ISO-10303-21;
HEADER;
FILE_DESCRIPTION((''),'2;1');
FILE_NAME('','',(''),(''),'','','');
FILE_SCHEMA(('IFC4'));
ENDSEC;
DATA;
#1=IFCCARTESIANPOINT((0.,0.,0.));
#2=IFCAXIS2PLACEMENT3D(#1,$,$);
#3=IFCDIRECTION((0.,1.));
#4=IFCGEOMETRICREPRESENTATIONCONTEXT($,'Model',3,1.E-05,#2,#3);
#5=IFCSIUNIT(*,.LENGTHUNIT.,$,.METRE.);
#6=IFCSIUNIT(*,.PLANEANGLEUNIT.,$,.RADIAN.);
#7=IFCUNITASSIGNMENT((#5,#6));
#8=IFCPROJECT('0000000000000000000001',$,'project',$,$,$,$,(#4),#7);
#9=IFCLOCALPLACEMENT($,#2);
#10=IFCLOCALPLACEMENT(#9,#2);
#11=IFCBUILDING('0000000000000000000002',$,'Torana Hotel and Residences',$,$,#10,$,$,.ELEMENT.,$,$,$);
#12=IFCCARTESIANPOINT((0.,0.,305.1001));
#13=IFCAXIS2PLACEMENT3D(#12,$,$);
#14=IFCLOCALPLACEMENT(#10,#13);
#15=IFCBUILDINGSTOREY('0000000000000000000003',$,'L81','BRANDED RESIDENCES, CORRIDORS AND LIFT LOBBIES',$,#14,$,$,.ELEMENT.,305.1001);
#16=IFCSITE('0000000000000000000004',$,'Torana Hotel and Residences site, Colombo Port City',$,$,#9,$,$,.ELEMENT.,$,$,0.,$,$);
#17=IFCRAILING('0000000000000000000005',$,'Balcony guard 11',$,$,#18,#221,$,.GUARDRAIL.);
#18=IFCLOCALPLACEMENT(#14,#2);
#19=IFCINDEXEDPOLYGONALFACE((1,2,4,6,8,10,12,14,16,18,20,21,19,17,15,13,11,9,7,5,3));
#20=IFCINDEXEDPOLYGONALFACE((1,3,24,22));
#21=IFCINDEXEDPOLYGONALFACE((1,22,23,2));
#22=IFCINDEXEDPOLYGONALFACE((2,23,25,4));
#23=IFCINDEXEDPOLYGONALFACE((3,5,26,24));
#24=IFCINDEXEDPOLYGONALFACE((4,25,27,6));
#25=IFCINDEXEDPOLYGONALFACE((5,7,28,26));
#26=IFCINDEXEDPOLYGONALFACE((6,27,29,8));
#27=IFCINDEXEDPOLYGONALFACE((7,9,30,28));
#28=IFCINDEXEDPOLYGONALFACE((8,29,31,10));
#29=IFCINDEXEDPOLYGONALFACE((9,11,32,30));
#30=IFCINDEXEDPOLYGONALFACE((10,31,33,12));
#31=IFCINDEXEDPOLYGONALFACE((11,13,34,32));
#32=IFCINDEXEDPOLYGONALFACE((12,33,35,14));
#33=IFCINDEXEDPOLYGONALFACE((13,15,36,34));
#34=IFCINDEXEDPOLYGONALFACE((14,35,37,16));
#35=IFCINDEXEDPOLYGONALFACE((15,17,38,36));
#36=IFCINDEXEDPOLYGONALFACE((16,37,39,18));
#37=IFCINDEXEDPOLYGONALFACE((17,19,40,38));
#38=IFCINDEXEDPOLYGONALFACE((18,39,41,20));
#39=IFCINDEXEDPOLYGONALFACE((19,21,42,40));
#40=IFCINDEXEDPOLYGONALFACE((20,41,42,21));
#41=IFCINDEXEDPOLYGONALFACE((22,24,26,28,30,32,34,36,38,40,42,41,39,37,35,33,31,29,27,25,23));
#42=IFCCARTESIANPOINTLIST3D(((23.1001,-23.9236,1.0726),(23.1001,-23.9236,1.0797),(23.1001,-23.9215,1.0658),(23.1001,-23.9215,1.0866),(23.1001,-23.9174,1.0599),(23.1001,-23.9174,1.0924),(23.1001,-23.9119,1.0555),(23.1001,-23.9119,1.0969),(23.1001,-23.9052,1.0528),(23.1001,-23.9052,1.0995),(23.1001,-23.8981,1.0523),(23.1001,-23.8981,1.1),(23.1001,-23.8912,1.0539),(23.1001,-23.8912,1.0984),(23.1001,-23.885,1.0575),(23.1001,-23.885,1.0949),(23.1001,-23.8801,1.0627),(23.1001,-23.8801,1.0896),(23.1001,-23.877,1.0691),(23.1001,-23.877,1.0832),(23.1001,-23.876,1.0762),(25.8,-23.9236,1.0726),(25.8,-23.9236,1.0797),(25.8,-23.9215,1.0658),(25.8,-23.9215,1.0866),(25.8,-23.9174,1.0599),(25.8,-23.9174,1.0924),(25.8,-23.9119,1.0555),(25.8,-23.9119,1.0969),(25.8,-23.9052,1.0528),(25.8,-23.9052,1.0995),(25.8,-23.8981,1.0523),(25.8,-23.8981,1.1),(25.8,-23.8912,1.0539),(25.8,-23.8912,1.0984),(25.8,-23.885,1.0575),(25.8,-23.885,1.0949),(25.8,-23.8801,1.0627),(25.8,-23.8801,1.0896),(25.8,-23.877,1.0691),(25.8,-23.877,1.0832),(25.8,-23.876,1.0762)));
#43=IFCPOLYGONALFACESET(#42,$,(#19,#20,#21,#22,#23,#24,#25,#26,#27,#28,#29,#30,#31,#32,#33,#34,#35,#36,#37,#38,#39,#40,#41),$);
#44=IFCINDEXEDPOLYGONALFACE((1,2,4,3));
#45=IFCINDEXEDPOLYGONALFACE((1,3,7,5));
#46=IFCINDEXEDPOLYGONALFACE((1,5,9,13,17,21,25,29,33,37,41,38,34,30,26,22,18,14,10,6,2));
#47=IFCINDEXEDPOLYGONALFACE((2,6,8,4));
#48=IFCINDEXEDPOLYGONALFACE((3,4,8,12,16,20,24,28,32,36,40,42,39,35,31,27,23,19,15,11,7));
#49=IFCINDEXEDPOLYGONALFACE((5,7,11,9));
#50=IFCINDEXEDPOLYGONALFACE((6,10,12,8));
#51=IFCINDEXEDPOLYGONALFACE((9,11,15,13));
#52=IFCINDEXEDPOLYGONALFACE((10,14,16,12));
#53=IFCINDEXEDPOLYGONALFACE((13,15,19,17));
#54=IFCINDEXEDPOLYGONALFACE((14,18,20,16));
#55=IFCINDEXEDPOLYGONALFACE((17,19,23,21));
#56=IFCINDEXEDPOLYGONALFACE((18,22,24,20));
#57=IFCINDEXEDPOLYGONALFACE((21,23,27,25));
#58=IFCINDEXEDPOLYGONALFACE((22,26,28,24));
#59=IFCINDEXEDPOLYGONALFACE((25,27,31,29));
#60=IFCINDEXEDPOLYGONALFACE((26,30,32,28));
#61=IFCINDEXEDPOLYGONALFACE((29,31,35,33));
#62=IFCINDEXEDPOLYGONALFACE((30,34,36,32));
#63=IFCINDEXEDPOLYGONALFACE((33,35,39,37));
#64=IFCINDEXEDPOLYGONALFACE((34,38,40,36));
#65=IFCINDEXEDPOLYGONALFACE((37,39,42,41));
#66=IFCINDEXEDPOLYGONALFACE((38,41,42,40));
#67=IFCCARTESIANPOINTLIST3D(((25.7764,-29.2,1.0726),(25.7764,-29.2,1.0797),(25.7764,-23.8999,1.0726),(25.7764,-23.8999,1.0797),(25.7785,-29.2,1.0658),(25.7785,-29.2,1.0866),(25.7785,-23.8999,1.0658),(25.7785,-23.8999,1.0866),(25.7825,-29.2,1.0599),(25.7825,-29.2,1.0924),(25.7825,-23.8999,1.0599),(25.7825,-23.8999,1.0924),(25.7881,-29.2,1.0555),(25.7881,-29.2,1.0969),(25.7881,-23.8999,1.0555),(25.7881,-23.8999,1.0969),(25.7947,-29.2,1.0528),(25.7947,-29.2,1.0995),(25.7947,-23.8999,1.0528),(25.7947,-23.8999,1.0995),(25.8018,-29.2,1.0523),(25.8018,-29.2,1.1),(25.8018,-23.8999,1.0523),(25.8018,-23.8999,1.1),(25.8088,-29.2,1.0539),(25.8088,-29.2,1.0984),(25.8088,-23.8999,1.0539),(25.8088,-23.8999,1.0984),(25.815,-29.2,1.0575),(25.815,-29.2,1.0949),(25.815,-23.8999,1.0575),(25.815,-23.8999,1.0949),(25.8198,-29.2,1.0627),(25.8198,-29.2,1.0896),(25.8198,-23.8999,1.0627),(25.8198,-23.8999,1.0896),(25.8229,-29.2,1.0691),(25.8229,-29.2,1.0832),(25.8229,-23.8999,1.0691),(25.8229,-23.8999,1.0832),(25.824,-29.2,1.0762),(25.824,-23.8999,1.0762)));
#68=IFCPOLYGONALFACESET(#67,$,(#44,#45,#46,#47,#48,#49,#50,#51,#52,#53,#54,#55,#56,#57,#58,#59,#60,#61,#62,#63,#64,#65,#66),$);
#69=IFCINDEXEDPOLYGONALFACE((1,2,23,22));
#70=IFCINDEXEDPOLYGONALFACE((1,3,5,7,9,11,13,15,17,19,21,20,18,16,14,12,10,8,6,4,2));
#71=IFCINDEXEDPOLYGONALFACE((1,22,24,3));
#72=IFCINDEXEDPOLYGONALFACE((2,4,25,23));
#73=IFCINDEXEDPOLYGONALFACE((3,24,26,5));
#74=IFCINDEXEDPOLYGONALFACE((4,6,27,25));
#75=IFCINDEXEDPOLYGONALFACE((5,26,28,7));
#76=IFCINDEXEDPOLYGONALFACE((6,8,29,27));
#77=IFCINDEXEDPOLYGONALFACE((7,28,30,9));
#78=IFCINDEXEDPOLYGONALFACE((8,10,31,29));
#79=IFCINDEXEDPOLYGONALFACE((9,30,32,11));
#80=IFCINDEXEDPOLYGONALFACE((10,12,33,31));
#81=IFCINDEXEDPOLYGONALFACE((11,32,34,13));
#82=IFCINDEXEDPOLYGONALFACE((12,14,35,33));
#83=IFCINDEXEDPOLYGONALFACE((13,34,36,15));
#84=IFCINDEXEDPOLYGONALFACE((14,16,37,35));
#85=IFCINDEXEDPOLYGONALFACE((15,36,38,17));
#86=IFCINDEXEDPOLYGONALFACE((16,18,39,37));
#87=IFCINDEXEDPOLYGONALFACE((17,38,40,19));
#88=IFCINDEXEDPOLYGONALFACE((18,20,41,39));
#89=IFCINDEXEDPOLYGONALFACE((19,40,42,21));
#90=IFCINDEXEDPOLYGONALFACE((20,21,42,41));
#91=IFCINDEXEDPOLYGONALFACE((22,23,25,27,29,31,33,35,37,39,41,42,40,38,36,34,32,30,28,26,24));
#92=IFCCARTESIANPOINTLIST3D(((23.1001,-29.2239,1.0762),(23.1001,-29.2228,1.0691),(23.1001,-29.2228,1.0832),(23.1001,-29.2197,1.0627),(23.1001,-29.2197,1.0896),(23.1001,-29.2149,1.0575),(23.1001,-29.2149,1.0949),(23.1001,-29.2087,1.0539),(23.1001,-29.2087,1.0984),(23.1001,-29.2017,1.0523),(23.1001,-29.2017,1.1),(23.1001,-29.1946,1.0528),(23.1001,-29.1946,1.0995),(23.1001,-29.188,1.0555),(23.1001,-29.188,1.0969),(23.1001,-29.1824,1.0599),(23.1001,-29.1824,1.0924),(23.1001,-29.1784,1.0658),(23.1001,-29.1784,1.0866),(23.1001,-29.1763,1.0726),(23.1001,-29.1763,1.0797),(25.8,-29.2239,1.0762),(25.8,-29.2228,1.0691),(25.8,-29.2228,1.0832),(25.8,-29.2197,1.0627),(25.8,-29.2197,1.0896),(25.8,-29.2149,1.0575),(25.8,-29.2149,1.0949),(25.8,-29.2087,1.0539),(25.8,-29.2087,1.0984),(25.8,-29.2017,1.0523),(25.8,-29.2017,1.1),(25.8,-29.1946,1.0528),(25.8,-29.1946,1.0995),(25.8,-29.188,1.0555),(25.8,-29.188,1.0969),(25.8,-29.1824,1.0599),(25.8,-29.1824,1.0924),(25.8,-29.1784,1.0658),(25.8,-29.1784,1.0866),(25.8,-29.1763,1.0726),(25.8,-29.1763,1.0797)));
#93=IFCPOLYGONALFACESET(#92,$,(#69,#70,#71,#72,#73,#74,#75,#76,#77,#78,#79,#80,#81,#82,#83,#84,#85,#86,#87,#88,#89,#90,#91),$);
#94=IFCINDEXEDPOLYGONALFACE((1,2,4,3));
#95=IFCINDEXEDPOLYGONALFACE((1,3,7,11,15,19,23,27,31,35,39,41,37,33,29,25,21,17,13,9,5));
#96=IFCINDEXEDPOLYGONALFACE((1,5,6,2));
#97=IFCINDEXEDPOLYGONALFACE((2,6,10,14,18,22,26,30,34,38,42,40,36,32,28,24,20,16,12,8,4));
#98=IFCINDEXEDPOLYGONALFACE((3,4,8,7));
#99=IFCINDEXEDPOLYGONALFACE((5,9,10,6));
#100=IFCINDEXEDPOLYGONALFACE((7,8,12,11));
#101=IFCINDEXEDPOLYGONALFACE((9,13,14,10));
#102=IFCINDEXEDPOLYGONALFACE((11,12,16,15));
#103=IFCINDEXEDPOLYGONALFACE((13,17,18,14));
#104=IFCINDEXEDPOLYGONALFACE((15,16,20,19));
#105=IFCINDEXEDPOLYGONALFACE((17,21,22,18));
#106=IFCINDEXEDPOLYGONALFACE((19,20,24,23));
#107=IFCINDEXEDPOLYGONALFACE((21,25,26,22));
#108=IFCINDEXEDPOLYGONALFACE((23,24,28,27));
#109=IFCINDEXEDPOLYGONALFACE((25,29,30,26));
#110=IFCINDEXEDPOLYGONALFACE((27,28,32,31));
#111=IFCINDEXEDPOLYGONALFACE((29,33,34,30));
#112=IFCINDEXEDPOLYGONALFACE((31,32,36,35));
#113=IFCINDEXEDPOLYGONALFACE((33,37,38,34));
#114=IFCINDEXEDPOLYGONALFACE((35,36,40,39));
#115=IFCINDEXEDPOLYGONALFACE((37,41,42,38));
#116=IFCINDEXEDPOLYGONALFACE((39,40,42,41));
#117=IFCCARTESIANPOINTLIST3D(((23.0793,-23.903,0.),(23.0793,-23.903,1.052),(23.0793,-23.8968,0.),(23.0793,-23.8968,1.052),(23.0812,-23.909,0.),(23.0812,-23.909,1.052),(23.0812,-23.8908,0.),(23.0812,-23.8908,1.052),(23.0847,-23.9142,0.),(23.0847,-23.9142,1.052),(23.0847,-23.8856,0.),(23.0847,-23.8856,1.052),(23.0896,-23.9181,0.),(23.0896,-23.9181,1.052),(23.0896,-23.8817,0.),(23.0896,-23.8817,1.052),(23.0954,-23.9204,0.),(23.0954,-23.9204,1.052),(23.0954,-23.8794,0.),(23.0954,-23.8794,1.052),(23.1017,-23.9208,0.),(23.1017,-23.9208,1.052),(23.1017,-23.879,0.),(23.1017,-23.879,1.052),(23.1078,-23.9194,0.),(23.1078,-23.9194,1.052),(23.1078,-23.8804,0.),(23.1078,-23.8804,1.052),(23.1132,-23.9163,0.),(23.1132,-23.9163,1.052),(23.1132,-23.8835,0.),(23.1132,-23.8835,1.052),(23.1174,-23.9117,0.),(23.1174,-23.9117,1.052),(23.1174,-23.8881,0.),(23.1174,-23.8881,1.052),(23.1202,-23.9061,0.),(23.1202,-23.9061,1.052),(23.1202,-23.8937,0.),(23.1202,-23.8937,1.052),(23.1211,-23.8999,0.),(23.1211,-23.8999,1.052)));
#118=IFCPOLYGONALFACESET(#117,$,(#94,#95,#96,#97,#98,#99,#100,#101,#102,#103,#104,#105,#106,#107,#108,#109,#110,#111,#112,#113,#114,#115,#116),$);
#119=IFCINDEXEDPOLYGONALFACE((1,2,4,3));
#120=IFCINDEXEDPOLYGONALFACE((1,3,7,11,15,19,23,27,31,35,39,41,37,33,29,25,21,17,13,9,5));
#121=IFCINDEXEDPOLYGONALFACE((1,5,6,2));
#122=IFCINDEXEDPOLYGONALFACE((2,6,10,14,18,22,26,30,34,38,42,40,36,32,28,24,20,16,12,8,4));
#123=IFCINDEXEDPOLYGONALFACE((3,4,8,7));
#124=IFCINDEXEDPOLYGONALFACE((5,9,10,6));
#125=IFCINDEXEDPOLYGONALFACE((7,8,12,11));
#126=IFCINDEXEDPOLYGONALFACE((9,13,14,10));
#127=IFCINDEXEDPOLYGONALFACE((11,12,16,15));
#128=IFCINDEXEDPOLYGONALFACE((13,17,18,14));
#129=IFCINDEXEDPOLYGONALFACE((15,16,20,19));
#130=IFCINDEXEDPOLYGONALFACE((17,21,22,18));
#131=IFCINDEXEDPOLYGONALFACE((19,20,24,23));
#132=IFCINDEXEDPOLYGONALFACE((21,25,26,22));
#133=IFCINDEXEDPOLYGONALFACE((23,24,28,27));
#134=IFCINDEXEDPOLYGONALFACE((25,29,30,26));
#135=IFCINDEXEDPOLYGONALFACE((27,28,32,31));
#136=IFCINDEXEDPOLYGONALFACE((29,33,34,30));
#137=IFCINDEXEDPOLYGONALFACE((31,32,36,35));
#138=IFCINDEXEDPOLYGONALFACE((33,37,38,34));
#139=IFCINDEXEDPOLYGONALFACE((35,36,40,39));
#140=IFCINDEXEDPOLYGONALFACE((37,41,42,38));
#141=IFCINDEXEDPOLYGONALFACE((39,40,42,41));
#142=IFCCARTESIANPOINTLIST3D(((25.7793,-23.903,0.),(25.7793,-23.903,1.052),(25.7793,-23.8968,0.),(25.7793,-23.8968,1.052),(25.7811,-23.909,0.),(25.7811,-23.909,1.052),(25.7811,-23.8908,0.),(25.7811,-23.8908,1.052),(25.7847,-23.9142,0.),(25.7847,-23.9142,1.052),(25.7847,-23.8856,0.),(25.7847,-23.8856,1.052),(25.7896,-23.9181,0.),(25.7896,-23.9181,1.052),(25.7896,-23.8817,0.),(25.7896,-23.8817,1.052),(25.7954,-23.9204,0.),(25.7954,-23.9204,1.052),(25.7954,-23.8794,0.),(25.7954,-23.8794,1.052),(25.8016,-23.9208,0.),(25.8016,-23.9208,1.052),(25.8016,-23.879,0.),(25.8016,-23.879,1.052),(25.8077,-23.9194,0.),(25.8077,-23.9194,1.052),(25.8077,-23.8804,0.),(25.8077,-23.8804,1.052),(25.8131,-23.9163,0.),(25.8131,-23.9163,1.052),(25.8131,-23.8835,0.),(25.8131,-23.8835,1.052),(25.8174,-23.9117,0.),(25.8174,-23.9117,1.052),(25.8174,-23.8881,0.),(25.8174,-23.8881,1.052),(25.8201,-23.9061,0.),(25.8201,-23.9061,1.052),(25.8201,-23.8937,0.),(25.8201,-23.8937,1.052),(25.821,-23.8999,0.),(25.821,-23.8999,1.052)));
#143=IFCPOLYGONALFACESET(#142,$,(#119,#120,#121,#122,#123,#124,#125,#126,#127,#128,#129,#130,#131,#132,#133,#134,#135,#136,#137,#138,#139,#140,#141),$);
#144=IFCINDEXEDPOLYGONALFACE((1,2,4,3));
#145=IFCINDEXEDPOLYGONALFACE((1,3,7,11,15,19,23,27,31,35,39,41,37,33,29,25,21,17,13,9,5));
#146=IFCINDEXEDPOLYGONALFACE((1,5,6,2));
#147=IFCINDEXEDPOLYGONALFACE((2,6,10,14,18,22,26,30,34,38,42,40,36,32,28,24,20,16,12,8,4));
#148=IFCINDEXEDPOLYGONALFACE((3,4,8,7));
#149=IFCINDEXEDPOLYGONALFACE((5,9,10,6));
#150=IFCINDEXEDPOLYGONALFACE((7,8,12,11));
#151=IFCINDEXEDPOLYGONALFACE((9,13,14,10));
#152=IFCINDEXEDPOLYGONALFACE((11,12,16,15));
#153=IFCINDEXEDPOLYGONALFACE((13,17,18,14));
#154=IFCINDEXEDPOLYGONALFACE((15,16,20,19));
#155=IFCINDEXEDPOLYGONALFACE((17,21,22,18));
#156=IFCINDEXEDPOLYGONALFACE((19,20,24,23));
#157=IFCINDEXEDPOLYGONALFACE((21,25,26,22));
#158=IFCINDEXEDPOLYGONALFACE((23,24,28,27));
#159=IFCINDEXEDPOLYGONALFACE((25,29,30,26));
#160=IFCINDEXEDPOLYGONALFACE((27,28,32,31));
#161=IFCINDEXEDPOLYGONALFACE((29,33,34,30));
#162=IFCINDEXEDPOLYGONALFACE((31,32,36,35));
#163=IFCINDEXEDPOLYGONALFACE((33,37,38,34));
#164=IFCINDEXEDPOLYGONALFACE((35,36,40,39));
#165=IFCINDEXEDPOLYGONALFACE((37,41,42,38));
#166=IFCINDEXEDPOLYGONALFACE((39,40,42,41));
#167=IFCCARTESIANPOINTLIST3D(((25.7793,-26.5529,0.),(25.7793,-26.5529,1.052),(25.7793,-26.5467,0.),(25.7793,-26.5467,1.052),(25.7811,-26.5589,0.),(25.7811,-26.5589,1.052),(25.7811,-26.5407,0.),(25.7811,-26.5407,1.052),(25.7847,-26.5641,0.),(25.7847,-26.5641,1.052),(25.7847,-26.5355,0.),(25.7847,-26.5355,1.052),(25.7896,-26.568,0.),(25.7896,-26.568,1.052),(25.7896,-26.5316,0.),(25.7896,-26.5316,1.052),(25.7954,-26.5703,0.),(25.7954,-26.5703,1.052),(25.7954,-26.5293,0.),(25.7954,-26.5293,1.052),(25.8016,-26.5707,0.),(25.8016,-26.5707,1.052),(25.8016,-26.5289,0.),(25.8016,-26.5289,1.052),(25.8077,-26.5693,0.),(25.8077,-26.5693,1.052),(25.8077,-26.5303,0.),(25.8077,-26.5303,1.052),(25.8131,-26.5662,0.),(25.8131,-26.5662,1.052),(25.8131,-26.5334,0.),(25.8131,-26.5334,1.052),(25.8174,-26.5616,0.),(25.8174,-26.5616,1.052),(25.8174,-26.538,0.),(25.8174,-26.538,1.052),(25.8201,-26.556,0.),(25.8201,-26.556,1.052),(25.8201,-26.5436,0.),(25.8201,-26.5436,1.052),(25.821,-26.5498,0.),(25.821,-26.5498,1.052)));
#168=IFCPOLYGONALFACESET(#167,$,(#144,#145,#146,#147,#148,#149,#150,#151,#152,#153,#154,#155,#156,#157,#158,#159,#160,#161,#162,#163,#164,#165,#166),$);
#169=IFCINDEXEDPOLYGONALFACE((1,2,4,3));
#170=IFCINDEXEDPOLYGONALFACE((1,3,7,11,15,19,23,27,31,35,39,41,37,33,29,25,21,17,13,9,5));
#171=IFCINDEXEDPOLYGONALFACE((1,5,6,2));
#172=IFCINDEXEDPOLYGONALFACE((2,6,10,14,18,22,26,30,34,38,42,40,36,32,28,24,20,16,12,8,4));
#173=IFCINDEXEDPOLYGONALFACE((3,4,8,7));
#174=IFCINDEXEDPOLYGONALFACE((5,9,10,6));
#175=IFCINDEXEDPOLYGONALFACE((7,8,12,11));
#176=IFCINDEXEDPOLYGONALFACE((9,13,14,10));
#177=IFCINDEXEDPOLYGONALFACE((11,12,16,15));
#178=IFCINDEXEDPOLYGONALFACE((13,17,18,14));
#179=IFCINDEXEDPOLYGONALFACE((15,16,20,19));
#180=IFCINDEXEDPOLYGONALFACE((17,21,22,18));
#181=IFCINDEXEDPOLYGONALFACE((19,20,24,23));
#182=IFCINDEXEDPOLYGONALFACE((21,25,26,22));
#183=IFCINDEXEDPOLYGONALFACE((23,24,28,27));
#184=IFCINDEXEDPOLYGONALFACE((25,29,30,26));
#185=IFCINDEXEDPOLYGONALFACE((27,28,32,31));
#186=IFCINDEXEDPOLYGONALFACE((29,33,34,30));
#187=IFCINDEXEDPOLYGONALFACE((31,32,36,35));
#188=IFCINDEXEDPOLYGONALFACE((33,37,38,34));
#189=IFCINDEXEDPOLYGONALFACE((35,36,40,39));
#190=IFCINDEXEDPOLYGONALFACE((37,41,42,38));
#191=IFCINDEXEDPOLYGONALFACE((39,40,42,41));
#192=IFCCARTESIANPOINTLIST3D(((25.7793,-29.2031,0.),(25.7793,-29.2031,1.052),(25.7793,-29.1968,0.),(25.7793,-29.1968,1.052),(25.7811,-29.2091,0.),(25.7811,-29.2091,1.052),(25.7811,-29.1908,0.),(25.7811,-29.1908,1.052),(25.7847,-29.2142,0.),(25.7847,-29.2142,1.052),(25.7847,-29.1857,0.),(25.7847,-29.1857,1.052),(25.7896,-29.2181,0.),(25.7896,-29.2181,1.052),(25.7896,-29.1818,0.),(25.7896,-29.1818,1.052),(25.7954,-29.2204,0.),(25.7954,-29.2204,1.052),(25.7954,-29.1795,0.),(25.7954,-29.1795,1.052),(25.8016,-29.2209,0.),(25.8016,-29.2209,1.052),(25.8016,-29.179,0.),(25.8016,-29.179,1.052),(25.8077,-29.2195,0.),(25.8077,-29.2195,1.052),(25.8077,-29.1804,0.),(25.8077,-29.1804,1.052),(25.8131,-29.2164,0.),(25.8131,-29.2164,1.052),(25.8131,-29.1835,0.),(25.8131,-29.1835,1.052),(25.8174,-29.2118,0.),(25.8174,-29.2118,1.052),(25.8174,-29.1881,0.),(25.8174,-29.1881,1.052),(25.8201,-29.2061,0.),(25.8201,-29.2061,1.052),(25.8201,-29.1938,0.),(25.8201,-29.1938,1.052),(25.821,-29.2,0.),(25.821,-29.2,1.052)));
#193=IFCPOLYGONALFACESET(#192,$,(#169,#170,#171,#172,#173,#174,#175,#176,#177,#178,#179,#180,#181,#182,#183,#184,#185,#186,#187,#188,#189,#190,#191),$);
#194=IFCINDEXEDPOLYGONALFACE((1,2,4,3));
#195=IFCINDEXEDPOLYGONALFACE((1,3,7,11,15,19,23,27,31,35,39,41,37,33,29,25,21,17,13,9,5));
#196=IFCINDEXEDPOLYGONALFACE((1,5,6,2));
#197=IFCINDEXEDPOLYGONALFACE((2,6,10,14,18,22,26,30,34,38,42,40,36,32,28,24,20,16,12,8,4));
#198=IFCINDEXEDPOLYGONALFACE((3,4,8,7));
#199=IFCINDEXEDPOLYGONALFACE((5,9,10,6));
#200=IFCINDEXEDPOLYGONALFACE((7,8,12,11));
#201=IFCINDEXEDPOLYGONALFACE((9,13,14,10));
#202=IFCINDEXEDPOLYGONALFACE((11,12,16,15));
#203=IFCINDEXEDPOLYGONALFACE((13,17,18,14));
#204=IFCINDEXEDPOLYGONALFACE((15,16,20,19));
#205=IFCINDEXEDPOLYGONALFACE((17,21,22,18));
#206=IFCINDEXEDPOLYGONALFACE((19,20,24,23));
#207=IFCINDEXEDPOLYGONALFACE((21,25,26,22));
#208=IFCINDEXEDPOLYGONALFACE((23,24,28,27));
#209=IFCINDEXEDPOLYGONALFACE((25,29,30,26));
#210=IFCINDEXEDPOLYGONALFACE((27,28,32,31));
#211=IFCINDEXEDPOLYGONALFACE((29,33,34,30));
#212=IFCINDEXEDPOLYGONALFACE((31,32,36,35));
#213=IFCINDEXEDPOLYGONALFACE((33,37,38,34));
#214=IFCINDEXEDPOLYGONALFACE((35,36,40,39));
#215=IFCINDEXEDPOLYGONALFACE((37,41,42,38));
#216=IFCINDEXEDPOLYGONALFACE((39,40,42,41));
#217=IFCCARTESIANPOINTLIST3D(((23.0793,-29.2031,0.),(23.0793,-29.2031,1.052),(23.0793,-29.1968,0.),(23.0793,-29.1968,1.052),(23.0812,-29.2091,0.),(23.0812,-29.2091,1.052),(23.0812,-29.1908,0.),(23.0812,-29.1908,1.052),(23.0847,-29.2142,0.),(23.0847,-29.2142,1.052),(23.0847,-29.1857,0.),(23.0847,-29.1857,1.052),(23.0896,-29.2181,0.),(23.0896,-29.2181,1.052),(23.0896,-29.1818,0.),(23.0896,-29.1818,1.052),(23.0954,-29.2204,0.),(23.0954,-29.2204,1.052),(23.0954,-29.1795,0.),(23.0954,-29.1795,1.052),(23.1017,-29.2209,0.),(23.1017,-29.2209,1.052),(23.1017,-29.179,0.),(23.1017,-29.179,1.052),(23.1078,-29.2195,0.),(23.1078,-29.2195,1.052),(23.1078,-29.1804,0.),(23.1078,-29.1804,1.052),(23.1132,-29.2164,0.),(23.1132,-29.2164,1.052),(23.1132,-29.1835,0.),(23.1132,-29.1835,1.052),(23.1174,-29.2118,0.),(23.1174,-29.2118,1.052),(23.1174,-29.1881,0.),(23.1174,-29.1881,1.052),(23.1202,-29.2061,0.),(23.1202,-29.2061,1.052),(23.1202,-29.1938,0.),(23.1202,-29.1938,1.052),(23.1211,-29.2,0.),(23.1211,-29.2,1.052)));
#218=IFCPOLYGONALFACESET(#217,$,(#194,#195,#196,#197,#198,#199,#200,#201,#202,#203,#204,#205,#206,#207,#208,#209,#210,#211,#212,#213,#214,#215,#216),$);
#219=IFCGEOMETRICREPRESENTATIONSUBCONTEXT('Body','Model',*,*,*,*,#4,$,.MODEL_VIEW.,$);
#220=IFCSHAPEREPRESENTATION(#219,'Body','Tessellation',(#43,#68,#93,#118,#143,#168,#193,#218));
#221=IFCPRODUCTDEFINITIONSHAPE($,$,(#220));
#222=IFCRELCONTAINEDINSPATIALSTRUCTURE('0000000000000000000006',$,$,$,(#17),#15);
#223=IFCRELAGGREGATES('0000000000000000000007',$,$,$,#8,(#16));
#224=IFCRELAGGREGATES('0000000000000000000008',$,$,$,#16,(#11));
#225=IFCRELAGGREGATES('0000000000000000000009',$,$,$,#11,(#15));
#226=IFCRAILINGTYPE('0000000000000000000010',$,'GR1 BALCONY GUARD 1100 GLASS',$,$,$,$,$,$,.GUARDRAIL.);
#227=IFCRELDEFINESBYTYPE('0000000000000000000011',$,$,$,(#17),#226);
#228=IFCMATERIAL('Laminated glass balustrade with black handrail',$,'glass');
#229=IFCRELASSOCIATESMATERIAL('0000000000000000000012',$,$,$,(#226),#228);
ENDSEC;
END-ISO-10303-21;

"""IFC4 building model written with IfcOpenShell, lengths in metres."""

from ifc_helpers import new_model, si_unit, direction, frame, origin, origin_2d, place, context, subcontext, project, spatial, circle, extrude, material, type_object, element, save


model = new_model("IFC4")

# Units and contexts
model_context = context("Model", 3, precision=1e-05, world=origin(), true_north=direction((0.0, 1.0)))
body_context = subcontext(model_context, "Body", "Model", "MODEL_VIEW")
ifc_project = project(units=[si_unit("LENGTHUNIT", "METRE"), si_unit("PLANEANGLEUNIT", "RADIAN")], contexts=[model_context])

# Site, building, storey
site_placement = place(None, origin())
site = spatial("IfcSite", under=ifc_project, at=site_placement, Name="Torana Hotel and Residences site, Colombo Port City", CompositionType="ELEMENT", RefElevation=0.0)
building_placement = place(site_placement, origin())
building = spatial("IfcBuilding", under=site, at=building_placement, Name="Torana Hotel and Residences", CompositionType="ELEMENT")
storey_placement = place(building_placement, frame((0.0, 0.0, 305.1001)))
storey = spatial("IfcBuildingStorey", under=building, at=storey_placement, Name="L81", Description="BRANDED RESIDENCES, CORRIDORS AND LIFT LOBBIES", CompositionType="ELEMENT", Elevation=305.1001)

# Railing
ifc_material_1 = material(Name="Laminated glass balustrade with black handrail", Category="glass")
railing_type = type_object("IfcRailingType", Name="GR1 BALCONY GUARD 1100 GLASS", PredefinedType="GUARDRAIL", material=ifc_material_1)
railing_1_placement = place(storey_placement, frame((23.1001, -23.8999, 0.0)))
element("IfcRailing", 1, at=railing_1_placement, inside=storey, type_object=railing_type, Name="Balcony guard 11", PredefinedType="GUARDRAIL", context=body_context, shape_type="SweptSolid", body=[
    extrude(circle(Radius=0.0239, at=origin_2d()), frame((0.0, 0.0, 1.0762), z_axis=(1.0, 0.0, 0.0), x_axis=(0.0, 1.0, 0.0)), (0.0, 0.0, 1.0), 2.7),
    extrude(circle(Radius=0.0239, at=origin_2d()), frame((2.7, 0.0, 1.0762), z_axis=(0.0, -1.0, 0.0), x_axis=(1.0, 0.0, 0.0)), (0.0, 0.0, 1.0), 5.3),
    extrude(circle(Radius=0.0239, at=origin_2d()), frame((2.7, -5.3, 1.0762), z_axis=(-1.0, 0.0, 0.0), x_axis=(0.0, -1.0, 0.0)), (0.0, 0.0, 1.0), 2.7),
    extrude(circle(Radius=0.021, at=origin_2d()), origin(), (0.0, 0.0, 1.0), 1.052),
    extrude(circle(Radius=0.021, at=origin_2d()), frame((2.7, 0.0, 0.0)), (0.0, 0.0, 1.0), 1.052),
    extrude(circle(Radius=0.021, at=origin_2d()), frame((2.7, -2.6499, 0.0)), (0.0, 0.0, 1.0), 1.052),
    extrude(circle(Radius=0.021, at=origin_2d()), frame((2.7, -5.3, 0.0)), (0.0, 0.0, 1.0), 1.052),
    extrude(circle(Radius=0.021, at=origin_2d()), frame((0.0, -5.3, 0.0)), (0.0, 0.0, 1.0), 1.052),
])

save(model, "model.ifc")
